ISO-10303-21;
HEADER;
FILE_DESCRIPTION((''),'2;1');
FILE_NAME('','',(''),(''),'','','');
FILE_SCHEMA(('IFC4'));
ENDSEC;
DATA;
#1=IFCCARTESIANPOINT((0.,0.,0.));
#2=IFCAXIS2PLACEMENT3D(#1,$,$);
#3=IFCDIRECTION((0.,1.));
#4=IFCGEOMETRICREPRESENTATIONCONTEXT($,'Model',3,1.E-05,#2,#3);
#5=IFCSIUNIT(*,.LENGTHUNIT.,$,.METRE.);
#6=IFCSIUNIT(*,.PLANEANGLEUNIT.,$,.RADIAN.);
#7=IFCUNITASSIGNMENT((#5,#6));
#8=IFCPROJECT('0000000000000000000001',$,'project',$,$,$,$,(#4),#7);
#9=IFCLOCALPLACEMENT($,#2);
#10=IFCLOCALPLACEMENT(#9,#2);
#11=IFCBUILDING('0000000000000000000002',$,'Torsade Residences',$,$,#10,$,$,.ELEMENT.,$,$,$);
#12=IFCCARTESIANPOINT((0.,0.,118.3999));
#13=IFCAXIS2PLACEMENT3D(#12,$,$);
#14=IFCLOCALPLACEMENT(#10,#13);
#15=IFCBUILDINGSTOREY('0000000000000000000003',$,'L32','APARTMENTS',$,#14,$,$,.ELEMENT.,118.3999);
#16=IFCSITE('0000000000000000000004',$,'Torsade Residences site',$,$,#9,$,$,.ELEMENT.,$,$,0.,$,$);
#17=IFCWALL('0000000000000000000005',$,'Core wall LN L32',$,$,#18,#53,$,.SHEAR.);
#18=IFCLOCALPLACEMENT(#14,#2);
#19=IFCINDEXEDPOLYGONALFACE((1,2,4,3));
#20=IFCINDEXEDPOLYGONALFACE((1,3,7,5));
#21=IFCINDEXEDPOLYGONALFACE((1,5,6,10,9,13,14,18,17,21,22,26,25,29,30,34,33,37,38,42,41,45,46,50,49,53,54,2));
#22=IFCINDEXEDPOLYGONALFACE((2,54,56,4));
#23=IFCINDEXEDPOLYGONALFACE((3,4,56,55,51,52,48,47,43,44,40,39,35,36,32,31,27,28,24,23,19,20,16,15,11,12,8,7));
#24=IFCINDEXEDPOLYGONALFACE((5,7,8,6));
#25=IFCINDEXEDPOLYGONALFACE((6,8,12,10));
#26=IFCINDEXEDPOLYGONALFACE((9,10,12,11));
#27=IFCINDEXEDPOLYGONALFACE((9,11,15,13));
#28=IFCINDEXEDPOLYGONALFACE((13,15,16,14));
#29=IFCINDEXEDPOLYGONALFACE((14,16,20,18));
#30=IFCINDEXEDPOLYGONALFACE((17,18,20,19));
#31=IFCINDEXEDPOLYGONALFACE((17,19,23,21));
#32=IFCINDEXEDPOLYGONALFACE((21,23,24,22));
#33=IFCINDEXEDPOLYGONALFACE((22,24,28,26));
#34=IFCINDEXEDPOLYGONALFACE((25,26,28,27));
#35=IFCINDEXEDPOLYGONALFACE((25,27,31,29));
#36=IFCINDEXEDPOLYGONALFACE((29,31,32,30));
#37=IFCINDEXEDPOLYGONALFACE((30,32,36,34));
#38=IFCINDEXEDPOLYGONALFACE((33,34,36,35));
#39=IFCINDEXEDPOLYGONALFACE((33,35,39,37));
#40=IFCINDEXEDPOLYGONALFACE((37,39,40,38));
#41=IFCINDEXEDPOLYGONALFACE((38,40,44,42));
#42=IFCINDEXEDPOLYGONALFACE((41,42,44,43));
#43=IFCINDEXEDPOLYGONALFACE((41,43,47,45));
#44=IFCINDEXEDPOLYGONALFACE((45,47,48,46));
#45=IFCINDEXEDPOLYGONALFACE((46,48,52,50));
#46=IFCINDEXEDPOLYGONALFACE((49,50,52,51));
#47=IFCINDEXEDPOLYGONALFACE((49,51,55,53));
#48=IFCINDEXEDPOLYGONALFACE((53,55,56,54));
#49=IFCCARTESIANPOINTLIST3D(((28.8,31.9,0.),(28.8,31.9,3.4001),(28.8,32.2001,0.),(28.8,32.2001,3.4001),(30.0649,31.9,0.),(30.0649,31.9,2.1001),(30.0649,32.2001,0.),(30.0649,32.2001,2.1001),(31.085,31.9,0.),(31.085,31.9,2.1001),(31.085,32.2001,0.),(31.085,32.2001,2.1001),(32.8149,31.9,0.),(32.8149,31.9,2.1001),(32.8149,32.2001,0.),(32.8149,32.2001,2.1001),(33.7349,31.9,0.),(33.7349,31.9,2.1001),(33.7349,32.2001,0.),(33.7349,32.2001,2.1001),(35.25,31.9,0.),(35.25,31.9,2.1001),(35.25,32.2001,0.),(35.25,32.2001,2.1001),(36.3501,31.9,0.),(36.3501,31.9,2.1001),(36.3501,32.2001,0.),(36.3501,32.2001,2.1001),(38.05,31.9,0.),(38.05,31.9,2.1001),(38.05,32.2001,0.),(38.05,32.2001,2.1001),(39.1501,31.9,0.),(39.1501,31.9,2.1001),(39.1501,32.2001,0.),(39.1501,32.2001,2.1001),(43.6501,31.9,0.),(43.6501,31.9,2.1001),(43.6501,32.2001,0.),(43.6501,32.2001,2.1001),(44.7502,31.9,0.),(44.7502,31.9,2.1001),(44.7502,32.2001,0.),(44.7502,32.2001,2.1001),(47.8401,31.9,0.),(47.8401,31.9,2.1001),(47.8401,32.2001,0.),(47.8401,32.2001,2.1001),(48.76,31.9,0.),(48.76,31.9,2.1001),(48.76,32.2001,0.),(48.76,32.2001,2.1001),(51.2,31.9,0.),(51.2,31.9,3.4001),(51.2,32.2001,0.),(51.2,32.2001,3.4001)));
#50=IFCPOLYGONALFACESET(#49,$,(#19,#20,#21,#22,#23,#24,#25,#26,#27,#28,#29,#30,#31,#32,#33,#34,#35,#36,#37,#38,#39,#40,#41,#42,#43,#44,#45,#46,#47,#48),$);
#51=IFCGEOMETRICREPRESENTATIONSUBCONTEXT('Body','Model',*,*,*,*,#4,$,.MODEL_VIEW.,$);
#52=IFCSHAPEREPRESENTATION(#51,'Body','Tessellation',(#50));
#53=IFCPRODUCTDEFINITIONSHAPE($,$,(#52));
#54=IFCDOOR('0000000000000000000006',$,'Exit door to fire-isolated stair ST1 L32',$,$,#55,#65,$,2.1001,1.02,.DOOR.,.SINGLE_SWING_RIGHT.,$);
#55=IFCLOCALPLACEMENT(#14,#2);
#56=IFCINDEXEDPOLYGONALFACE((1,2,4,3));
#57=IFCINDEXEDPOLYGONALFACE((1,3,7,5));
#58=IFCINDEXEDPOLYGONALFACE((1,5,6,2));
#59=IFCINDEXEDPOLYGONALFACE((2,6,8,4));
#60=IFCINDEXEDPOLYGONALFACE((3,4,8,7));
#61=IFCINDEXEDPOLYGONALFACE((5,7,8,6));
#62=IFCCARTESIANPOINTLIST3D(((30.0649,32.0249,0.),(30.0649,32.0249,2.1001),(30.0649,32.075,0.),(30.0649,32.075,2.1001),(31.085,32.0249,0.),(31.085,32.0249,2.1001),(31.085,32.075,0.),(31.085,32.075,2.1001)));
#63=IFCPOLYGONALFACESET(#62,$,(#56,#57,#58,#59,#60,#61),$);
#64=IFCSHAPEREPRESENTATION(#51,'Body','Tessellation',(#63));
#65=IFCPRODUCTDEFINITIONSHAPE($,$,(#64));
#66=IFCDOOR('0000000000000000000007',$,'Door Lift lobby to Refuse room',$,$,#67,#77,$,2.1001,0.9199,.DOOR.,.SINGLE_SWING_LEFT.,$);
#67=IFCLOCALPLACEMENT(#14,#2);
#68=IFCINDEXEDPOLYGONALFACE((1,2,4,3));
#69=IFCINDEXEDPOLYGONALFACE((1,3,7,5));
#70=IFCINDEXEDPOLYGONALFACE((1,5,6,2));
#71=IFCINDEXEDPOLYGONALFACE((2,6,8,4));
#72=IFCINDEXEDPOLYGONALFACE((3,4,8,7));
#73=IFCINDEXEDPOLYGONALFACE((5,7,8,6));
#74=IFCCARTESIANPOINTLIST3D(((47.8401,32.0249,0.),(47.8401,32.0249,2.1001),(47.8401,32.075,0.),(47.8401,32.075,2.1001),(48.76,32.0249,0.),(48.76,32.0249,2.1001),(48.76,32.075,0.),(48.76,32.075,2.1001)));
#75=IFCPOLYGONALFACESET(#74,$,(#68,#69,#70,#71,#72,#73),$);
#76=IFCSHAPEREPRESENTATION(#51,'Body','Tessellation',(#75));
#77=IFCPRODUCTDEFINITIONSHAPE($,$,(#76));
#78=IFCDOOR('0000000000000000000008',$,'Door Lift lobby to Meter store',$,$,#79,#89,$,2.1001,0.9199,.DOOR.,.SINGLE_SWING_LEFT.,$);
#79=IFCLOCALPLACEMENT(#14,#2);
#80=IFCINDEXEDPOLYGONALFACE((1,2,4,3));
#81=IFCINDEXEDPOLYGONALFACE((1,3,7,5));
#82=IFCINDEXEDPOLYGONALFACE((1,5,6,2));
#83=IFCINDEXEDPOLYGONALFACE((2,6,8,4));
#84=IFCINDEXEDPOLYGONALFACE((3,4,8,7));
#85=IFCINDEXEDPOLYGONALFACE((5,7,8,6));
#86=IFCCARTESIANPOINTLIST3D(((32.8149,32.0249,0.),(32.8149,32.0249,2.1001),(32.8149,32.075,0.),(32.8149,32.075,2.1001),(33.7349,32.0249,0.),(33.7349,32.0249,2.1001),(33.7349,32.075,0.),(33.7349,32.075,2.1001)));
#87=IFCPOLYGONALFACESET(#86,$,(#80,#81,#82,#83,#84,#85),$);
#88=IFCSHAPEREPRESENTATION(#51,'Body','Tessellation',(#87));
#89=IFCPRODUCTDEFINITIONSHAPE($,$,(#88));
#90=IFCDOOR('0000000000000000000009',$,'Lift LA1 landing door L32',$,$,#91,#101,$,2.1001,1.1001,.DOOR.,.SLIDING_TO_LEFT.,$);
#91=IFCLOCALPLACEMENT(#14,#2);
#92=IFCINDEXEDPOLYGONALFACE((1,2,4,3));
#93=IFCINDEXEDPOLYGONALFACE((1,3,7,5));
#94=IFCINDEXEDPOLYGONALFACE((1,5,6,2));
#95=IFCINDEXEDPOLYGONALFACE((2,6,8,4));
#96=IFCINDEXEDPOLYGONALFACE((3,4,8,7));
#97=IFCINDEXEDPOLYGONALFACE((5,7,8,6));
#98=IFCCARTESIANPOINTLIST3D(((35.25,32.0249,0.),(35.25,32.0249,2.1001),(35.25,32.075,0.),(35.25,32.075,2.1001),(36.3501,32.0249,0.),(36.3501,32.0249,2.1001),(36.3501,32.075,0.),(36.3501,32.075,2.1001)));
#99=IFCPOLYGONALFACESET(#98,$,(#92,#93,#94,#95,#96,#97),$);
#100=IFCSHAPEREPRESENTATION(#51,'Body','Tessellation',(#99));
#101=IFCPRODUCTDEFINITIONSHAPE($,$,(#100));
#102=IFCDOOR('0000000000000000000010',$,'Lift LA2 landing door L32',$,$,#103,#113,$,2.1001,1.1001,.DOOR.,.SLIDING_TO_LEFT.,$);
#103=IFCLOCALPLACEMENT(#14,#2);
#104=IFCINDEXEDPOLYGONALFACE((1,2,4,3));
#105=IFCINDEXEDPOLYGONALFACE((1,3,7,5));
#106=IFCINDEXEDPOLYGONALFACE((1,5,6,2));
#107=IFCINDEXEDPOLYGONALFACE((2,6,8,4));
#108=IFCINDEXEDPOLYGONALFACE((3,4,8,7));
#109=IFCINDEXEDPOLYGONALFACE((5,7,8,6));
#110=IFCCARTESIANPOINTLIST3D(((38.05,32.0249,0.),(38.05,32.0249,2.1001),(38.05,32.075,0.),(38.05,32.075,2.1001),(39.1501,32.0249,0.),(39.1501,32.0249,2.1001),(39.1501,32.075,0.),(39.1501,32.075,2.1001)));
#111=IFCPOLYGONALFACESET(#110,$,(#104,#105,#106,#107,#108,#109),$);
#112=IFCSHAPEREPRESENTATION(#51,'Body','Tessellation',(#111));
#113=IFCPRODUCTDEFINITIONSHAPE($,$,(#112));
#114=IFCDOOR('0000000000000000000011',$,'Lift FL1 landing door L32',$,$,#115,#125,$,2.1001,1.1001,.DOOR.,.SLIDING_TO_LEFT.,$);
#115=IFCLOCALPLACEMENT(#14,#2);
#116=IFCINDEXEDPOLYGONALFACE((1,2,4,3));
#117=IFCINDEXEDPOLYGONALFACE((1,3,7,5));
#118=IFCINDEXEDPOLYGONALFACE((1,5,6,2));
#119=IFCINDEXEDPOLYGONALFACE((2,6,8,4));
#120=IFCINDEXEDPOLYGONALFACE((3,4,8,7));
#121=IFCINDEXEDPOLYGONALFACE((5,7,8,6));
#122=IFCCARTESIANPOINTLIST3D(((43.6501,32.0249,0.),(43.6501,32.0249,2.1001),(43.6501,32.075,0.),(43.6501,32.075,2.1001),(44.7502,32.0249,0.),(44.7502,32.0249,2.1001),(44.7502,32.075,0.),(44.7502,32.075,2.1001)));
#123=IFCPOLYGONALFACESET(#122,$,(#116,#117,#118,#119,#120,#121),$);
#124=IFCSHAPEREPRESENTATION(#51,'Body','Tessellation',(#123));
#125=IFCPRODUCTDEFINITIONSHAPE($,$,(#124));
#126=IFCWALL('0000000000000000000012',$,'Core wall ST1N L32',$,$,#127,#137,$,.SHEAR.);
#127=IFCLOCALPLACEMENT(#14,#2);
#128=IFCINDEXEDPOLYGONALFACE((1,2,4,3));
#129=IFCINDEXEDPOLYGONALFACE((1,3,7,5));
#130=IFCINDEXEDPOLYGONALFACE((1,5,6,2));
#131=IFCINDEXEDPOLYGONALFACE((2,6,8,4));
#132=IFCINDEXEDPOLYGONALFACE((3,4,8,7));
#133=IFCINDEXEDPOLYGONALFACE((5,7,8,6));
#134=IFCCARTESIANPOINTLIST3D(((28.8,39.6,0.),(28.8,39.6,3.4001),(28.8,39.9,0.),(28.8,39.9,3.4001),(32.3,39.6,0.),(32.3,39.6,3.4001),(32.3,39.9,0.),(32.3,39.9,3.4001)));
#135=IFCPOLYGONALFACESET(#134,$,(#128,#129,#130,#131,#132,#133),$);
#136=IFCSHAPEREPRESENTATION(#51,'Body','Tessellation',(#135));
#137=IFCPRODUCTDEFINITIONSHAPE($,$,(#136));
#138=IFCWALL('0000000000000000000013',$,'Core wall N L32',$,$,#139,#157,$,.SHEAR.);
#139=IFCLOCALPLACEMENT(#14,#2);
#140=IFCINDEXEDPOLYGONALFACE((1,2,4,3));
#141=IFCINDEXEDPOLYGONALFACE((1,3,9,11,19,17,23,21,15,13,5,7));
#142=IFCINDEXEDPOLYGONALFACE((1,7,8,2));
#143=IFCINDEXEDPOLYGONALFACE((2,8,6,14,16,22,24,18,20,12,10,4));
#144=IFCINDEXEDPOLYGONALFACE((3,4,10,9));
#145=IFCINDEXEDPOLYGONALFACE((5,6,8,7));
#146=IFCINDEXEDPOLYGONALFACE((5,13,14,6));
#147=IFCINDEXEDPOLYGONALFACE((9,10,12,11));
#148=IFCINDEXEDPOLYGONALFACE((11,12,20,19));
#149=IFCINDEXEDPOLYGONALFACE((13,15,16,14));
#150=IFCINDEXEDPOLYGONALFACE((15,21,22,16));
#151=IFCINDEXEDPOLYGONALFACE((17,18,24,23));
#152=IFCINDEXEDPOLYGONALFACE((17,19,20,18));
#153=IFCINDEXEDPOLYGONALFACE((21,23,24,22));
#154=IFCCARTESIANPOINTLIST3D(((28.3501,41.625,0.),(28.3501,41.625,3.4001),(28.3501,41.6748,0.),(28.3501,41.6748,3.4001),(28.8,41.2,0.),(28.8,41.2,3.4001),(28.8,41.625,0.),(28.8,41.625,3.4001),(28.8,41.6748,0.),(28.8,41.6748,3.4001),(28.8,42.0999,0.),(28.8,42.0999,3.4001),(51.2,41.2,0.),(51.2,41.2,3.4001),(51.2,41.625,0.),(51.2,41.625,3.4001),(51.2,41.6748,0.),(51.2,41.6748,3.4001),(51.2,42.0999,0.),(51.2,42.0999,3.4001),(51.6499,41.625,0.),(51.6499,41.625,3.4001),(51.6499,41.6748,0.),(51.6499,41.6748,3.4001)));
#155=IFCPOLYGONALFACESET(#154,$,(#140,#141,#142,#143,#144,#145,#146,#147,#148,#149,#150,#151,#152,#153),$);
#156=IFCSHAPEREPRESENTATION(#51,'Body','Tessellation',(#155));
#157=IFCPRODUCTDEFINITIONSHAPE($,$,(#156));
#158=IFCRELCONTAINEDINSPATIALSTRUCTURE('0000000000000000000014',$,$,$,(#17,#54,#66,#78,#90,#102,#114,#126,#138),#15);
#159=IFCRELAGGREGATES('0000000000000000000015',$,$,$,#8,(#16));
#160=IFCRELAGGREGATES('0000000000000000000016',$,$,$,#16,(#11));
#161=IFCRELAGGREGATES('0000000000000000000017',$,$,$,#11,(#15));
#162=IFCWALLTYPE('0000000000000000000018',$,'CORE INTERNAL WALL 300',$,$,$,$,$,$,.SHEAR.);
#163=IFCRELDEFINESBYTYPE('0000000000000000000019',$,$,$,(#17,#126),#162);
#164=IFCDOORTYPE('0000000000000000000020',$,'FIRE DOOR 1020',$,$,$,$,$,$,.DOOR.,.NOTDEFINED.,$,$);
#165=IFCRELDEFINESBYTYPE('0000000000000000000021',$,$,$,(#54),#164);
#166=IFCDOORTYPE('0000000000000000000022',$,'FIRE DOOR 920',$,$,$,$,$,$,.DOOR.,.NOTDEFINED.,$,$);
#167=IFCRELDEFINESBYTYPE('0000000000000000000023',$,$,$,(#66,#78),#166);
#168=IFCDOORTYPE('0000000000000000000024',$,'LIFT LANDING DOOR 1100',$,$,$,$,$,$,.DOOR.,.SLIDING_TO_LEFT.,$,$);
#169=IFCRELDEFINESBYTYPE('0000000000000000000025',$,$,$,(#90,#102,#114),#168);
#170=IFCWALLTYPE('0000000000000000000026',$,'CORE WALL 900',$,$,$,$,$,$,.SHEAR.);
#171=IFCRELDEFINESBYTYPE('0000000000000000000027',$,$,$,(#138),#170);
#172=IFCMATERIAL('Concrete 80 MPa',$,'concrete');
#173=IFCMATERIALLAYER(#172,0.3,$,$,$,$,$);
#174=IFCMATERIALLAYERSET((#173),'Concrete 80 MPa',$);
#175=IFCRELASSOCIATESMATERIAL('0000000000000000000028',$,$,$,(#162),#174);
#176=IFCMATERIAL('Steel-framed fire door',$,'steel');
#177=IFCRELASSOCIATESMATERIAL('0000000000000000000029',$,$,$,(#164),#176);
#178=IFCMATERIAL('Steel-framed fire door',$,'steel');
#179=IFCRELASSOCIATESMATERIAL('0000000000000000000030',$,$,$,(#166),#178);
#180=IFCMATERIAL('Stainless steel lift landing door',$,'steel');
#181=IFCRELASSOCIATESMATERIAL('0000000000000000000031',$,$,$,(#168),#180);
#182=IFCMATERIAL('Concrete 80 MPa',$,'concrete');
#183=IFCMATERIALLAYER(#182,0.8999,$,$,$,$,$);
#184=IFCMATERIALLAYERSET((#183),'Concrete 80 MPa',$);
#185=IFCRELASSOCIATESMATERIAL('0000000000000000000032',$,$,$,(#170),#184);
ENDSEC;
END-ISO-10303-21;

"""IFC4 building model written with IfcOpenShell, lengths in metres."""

from ifc_helpers import new_model, si_unit, direction, frame, frame_2d, origin, place, context, subcontext, project, spatial, polyline, rectangle, outline, extrude, material, layer, layer_set, type_object, element, fill, save


model = new_model("IFC4")

# Units and contexts
model_context = context("Model", 3, precision=1e-05, world=origin(), true_north=direction((0.0, 1.0)))
body_context = subcontext(model_context, "Body", "Model", "MODEL_VIEW")
ifc_project = project(units=[si_unit("LENGTHUNIT", "METRE"), si_unit("PLANEANGLEUNIT", "RADIAN")], contexts=[model_context])

# Site, building, storey
site_placement = place(None, origin())
site = spatial("IfcSite", under=ifc_project, at=site_placement, Name="Torsade Residences site", CompositionType="ELEMENT", RefElevation=0.0)
building_placement = place(site_placement, origin())
building = spatial("IfcBuilding", under=site, at=building_placement, Name="Torsade Residences", CompositionType="ELEMENT")
storey_placement = place(building_placement, frame((0.0, 0.0, 118.3999)))
storey = spatial("IfcBuildingStorey", under=building, at=storey_placement, Name="L32", Description="APARTMENTS", CompositionType="ELEMENT", Elevation=118.3999)

# Wall, openings, doors
ifc_material_1 = material(Name="Concrete 80 MPa", Category="concrete")
ifc_layer_1 = layer(ifc_material_1, 0.3)
ifc_layer_set_1 = layer_set([ifc_layer_1], Name="Concrete 80 MPa")
wall_type_1 = type_object("IfcWallType", Name="CORE INTERNAL WALL 300", PredefinedType="SHEAR", material=ifc_layer_set_1)
wall_1_placement = place(storey_placement, frame((28.8, 32.05, 0.0), z_axis=(0.0, 0.0, 1.0), x_axis=(1.0, 0.0, 0.0)))
wall_1 = element("IfcWall", 1, at=wall_1_placement, inside=storey, type_object=wall_type_1, Name="Core wall LN L32", PredefinedType="SHEAR", context=body_context, shape_type="SweptSolid", body=[
    extrude(rectangle(XDim=22.3999, YDim=0.3, at=frame_2d((11.2, 0.0))), origin(), (0.0, 0.0, 1.0), 3.4001),
])
opening_1_placement = place(wall_1_placement, frame((19.04, 0.0, 0.0)))
opening_1 = element("IfcOpeningElement", 2, at=opening_1_placement, cuts=wall_1, PredefinedType="OPENING", context=body_context, shape_type="SweptSolid", body=[
    extrude(rectangle(XDim=0.9199, YDim=2.1001, at=frame_2d((0.46, 1.05))), frame((0.0, 0.1599, 0.0), z_axis=(0.0, -1.0, 0.0), x_axis=(1.0, 0.0, 0.0)), (0.0, 0.0, 1.0), 0.3201),
])
opening_2_placement = place(wall_1_placement, frame((1.2649, 0.0, 0.0)))
opening_2 = element("IfcOpeningElement", 3, at=opening_2_placement, cuts=wall_1, PredefinedType="OPENING", context=body_context, shape_type="SweptSolid", body=[
    extrude(rectangle(XDim=1.02, YDim=2.1001, at=frame_2d((0.51, 1.05))), frame((0.0, 0.1599, 0.0), z_axis=(0.0, -1.0, 0.0), x_axis=(1.0, 0.0, 0.0)), (0.0, 0.0, 1.0), 0.3201),
])
opening_3_placement = place(wall_1_placement, frame((4.0149, 0.0, 0.0)))
opening_3 = element("IfcOpeningElement", 4, at=opening_3_placement, cuts=wall_1, PredefinedType="OPENING", context=body_context, shape_type="SweptSolid", body=[
    extrude(rectangle(XDim=0.9199, YDim=2.1001, at=frame_2d((0.46, 1.05))), frame((0.0, 0.1599, 0.0), z_axis=(0.0, -1.0, 0.0), x_axis=(1.0, 0.0, 0.0)), (0.0, 0.0, 1.0), 0.3201),
])
opening_4_placement = place(wall_1_placement, frame((6.45, 0.0, 0.0)))
opening_4 = element("IfcOpeningElement", 5, at=opening_4_placement, cuts=wall_1, PredefinedType="OPENING", context=body_context, shape_type="SweptSolid", body=[
    extrude(rectangle(XDim=1.1001, YDim=2.1001, at=frame_2d((0.55, 1.05))), frame((0.0, 0.1599, 0.0), z_axis=(0.0, -1.0, 0.0), x_axis=(1.0, 0.0, 0.0)), (0.0, 0.0, 1.0), 0.3201),
])
opening_5_placement = place(wall_1_placement, frame((9.25, 0.0, 0.0)))
opening_5 = element("IfcOpeningElement", 6, at=opening_5_placement, cuts=wall_1, PredefinedType="OPENING", context=body_context, shape_type="SweptSolid", body=[
    extrude(rectangle(XDim=1.1001, YDim=2.1001, at=frame_2d((0.55, 1.05))), frame((0.0, 0.1599, 0.0), z_axis=(0.0, -1.0, 0.0), x_axis=(1.0, 0.0, 0.0)), (0.0, 0.0, 1.0), 0.3201),
])
opening_6_placement = place(wall_1_placement, frame((14.8501, 0.0, 0.0)))
opening_6 = element("IfcOpeningElement", 7, at=opening_6_placement, cuts=wall_1, PredefinedType="OPENING", context=body_context, shape_type="SweptSolid", body=[
    extrude(rectangle(XDim=1.1001, YDim=2.1001, at=frame_2d((0.55, 1.05))), frame((0.0, 0.1599, 0.0), z_axis=(0.0, -1.0, 0.0), x_axis=(1.0, 0.0, 0.0)), (0.0, 0.0, 1.0), 0.3201),
])
ifc_material_2 = material(Name="Steel-framed fire door", Category="steel")
door_type_1 = type_object("IfcDoorType", Name="FIRE DOOR 1020", OperationType="NOTDEFINED", PredefinedType="DOOR", material=ifc_material_2)
door_1_placement = place(opening_2_placement, origin())
door_1 = element("IfcDoor", 8, at=door_1_placement, inside=storey, type_object=door_type_1, Name="Exit door to fire-isolated stair ST1 L32", OperationType="SINGLE_SWING_RIGHT", OverallHeight=2.1001, OverallWidth=1.02, PredefinedType="DOOR", context=body_context, shape_type="SweptSolid", body=[
    extrude(rectangle(XDim=1.02, YDim=2.1001, at=frame_2d((0.51, 1.05))), frame((0.0, 0.0249, 0.0), z_axis=(0.0, -1.0, 0.0), x_axis=(1.0, 0.0, 0.0)), (0.0, 0.0, 1.0), 0.05),
])
fill(opening_2, door_1)
ifc_material_3 = material(Name="Steel-framed fire door", Category="steel")
door_type_2 = type_object("IfcDoorType", Name="FIRE DOOR 920", OperationType="NOTDEFINED", PredefinedType="DOOR", material=ifc_material_3)
door_2_placement = place(opening_1_placement, origin())
door_2 = element("IfcDoor", 9, at=door_2_placement, inside=storey, type_object=door_type_2, Name="Door Lift lobby to Refuse room", OperationType="SINGLE_SWING_LEFT", OverallHeight=2.1001, OverallWidth=0.9199, PredefinedType="DOOR", context=body_context, shape_type="SweptSolid", body=[
    extrude(rectangle(XDim=0.9199, YDim=2.1001, at=frame_2d((0.46, 1.05))), frame((0.0, 0.0249, 0.0), z_axis=(0.0, -1.0, 0.0), x_axis=(1.0, 0.0, 0.0)), (0.0, 0.0, 1.0), 0.05),
])
fill(opening_1, door_2)
door_3_placement = place(opening_3_placement, origin())
door_3 = element("IfcDoor", 10, at=door_3_placement, inside=storey, type_object=door_type_2, Name="Door Lift lobby to Meter store", OperationType="SINGLE_SWING_LEFT", OverallHeight=2.1001, OverallWidth=0.9199, PredefinedType="DOOR", context=body_context, shape_type="SweptSolid", body=[
    extrude(rectangle(XDim=0.9199, YDim=2.1001, at=frame_2d((0.46, 1.05))), frame((0.0, 0.0249, 0.0), z_axis=(0.0, -1.0, 0.0), x_axis=(1.0, 0.0, 0.0)), (0.0, 0.0, 1.0), 0.05),
])
fill(opening_3, door_3)
ifc_material_4 = material(Name="Stainless steel lift landing door", Category="steel")
door_type_3 = type_object("IfcDoorType", Name="LIFT LANDING DOOR 1100", OperationType="SLIDING_TO_LEFT", PredefinedType="DOOR", material=ifc_material_4)
door_4_placement = place(opening_4_placement, origin())
door_4 = element("IfcDoor", 11, at=door_4_placement, inside=storey, type_object=door_type_3, Name="Lift LA1 landing door L32", OperationType="SLIDING_TO_LEFT", OverallHeight=2.1001, OverallWidth=1.1001, PredefinedType="DOOR", context=body_context, shape_type="SweptSolid", body=[
    extrude(rectangle(XDim=1.1001, YDim=2.1001, at=frame_2d((0.55, 1.05))), frame((0.0, 0.0249, 0.0), z_axis=(0.0, -1.0, 0.0), x_axis=(1.0, 0.0, 0.0)), (0.0, 0.0, 1.0), 0.05),
])
fill(opening_4, door_4)
door_5_placement = place(opening_5_placement, origin())
door_5 = element("IfcDoor", 12, at=door_5_placement, inside=storey, type_object=door_type_3, Name="Lift LA2 landing door L32", OperationType="SLIDING_TO_LEFT", OverallHeight=2.1001, OverallWidth=1.1001, PredefinedType="DOOR", context=body_context, shape_type="SweptSolid", body=[
    extrude(rectangle(XDim=1.1001, YDim=2.1001, at=frame_2d((0.55, 1.05))), frame((0.0, 0.0249, 0.0), z_axis=(0.0, -1.0, 0.0), x_axis=(1.0, 0.0, 0.0)), (0.0, 0.0, 1.0), 0.05),
])
fill(opening_5, door_5)
door_6_placement = place(opening_6_placement, origin())
door_6 = element("IfcDoor", 13, at=door_6_placement, inside=storey, type_object=door_type_3, Name="Lift FL1 landing door L32", OperationType="SLIDING_TO_LEFT", OverallHeight=2.1001, OverallWidth=1.1001, PredefinedType="DOOR", context=body_context, shape_type="SweptSolid", body=[
    extrude(rectangle(XDim=1.1001, YDim=2.1001, at=frame_2d((0.55, 1.05))), frame((0.0, 0.0249, 0.0), z_axis=(0.0, -1.0, 0.0), x_axis=(1.0, 0.0, 0.0)), (0.0, 0.0, 1.0), 0.05),
])
fill(opening_6, door_6)

# Walls
wall_2_placement = place(storey_placement, frame((28.8, 39.75, 0.0), z_axis=(0.0, 0.0, 1.0), x_axis=(1.0, 0.0, 0.0)))
element("IfcWall", 14, at=wall_2_placement, inside=storey, type_object=wall_type_1, Name="Core wall ST1N L32", PredefinedType="SHEAR", context=body_context, shape_type="SweptSolid", body=[
    extrude(rectangle(XDim=3.5, YDim=0.3, at=frame_2d((1.75, 0.0))), origin(), (0.0, 0.0, 1.0), 3.4001),
])
ifc_material_5 = material(Name="Concrete 80 MPa", Category="concrete")
ifc_layer_2 = layer(ifc_material_5, 0.8999)
ifc_layer_set_2 = layer_set([ifc_layer_2], Name="Concrete 80 MPa")
wall_type_2 = type_object("IfcWallType", Name="CORE WALL 900", PredefinedType="SHEAR", material=ifc_layer_set_2)
wall_3_placement = place(storey_placement, frame((28.8, 41.6499, 0.0), z_axis=(0.0, 0.0, 1.0), x_axis=(1.0, 0.0, 0.0)))
element("IfcWall", 15, at=wall_3_placement, inside=storey, type_object=wall_type_2, Name="Core wall N L32", PredefinedType="SHEAR", context=body_context, shape_type="SweptSolid", body=[
    extrude(outline(polyline([(0.0, -0.45), (22.3999, -0.45), (22.3999, -0.0249), (22.8499, -0.0249), (22.8499, 0.0249), (22.3999, 0.0249), (22.3999, 0.45), (0.0, 0.45), (0.0, 0.0249), (-0.45, 0.0249), (-0.45, -0.0249), (0.0, -0.0249), (0.0, -0.45)])), origin(), (0.0, 0.0, 1.0), 3.4001),
])

save(model, "model.ifc")
